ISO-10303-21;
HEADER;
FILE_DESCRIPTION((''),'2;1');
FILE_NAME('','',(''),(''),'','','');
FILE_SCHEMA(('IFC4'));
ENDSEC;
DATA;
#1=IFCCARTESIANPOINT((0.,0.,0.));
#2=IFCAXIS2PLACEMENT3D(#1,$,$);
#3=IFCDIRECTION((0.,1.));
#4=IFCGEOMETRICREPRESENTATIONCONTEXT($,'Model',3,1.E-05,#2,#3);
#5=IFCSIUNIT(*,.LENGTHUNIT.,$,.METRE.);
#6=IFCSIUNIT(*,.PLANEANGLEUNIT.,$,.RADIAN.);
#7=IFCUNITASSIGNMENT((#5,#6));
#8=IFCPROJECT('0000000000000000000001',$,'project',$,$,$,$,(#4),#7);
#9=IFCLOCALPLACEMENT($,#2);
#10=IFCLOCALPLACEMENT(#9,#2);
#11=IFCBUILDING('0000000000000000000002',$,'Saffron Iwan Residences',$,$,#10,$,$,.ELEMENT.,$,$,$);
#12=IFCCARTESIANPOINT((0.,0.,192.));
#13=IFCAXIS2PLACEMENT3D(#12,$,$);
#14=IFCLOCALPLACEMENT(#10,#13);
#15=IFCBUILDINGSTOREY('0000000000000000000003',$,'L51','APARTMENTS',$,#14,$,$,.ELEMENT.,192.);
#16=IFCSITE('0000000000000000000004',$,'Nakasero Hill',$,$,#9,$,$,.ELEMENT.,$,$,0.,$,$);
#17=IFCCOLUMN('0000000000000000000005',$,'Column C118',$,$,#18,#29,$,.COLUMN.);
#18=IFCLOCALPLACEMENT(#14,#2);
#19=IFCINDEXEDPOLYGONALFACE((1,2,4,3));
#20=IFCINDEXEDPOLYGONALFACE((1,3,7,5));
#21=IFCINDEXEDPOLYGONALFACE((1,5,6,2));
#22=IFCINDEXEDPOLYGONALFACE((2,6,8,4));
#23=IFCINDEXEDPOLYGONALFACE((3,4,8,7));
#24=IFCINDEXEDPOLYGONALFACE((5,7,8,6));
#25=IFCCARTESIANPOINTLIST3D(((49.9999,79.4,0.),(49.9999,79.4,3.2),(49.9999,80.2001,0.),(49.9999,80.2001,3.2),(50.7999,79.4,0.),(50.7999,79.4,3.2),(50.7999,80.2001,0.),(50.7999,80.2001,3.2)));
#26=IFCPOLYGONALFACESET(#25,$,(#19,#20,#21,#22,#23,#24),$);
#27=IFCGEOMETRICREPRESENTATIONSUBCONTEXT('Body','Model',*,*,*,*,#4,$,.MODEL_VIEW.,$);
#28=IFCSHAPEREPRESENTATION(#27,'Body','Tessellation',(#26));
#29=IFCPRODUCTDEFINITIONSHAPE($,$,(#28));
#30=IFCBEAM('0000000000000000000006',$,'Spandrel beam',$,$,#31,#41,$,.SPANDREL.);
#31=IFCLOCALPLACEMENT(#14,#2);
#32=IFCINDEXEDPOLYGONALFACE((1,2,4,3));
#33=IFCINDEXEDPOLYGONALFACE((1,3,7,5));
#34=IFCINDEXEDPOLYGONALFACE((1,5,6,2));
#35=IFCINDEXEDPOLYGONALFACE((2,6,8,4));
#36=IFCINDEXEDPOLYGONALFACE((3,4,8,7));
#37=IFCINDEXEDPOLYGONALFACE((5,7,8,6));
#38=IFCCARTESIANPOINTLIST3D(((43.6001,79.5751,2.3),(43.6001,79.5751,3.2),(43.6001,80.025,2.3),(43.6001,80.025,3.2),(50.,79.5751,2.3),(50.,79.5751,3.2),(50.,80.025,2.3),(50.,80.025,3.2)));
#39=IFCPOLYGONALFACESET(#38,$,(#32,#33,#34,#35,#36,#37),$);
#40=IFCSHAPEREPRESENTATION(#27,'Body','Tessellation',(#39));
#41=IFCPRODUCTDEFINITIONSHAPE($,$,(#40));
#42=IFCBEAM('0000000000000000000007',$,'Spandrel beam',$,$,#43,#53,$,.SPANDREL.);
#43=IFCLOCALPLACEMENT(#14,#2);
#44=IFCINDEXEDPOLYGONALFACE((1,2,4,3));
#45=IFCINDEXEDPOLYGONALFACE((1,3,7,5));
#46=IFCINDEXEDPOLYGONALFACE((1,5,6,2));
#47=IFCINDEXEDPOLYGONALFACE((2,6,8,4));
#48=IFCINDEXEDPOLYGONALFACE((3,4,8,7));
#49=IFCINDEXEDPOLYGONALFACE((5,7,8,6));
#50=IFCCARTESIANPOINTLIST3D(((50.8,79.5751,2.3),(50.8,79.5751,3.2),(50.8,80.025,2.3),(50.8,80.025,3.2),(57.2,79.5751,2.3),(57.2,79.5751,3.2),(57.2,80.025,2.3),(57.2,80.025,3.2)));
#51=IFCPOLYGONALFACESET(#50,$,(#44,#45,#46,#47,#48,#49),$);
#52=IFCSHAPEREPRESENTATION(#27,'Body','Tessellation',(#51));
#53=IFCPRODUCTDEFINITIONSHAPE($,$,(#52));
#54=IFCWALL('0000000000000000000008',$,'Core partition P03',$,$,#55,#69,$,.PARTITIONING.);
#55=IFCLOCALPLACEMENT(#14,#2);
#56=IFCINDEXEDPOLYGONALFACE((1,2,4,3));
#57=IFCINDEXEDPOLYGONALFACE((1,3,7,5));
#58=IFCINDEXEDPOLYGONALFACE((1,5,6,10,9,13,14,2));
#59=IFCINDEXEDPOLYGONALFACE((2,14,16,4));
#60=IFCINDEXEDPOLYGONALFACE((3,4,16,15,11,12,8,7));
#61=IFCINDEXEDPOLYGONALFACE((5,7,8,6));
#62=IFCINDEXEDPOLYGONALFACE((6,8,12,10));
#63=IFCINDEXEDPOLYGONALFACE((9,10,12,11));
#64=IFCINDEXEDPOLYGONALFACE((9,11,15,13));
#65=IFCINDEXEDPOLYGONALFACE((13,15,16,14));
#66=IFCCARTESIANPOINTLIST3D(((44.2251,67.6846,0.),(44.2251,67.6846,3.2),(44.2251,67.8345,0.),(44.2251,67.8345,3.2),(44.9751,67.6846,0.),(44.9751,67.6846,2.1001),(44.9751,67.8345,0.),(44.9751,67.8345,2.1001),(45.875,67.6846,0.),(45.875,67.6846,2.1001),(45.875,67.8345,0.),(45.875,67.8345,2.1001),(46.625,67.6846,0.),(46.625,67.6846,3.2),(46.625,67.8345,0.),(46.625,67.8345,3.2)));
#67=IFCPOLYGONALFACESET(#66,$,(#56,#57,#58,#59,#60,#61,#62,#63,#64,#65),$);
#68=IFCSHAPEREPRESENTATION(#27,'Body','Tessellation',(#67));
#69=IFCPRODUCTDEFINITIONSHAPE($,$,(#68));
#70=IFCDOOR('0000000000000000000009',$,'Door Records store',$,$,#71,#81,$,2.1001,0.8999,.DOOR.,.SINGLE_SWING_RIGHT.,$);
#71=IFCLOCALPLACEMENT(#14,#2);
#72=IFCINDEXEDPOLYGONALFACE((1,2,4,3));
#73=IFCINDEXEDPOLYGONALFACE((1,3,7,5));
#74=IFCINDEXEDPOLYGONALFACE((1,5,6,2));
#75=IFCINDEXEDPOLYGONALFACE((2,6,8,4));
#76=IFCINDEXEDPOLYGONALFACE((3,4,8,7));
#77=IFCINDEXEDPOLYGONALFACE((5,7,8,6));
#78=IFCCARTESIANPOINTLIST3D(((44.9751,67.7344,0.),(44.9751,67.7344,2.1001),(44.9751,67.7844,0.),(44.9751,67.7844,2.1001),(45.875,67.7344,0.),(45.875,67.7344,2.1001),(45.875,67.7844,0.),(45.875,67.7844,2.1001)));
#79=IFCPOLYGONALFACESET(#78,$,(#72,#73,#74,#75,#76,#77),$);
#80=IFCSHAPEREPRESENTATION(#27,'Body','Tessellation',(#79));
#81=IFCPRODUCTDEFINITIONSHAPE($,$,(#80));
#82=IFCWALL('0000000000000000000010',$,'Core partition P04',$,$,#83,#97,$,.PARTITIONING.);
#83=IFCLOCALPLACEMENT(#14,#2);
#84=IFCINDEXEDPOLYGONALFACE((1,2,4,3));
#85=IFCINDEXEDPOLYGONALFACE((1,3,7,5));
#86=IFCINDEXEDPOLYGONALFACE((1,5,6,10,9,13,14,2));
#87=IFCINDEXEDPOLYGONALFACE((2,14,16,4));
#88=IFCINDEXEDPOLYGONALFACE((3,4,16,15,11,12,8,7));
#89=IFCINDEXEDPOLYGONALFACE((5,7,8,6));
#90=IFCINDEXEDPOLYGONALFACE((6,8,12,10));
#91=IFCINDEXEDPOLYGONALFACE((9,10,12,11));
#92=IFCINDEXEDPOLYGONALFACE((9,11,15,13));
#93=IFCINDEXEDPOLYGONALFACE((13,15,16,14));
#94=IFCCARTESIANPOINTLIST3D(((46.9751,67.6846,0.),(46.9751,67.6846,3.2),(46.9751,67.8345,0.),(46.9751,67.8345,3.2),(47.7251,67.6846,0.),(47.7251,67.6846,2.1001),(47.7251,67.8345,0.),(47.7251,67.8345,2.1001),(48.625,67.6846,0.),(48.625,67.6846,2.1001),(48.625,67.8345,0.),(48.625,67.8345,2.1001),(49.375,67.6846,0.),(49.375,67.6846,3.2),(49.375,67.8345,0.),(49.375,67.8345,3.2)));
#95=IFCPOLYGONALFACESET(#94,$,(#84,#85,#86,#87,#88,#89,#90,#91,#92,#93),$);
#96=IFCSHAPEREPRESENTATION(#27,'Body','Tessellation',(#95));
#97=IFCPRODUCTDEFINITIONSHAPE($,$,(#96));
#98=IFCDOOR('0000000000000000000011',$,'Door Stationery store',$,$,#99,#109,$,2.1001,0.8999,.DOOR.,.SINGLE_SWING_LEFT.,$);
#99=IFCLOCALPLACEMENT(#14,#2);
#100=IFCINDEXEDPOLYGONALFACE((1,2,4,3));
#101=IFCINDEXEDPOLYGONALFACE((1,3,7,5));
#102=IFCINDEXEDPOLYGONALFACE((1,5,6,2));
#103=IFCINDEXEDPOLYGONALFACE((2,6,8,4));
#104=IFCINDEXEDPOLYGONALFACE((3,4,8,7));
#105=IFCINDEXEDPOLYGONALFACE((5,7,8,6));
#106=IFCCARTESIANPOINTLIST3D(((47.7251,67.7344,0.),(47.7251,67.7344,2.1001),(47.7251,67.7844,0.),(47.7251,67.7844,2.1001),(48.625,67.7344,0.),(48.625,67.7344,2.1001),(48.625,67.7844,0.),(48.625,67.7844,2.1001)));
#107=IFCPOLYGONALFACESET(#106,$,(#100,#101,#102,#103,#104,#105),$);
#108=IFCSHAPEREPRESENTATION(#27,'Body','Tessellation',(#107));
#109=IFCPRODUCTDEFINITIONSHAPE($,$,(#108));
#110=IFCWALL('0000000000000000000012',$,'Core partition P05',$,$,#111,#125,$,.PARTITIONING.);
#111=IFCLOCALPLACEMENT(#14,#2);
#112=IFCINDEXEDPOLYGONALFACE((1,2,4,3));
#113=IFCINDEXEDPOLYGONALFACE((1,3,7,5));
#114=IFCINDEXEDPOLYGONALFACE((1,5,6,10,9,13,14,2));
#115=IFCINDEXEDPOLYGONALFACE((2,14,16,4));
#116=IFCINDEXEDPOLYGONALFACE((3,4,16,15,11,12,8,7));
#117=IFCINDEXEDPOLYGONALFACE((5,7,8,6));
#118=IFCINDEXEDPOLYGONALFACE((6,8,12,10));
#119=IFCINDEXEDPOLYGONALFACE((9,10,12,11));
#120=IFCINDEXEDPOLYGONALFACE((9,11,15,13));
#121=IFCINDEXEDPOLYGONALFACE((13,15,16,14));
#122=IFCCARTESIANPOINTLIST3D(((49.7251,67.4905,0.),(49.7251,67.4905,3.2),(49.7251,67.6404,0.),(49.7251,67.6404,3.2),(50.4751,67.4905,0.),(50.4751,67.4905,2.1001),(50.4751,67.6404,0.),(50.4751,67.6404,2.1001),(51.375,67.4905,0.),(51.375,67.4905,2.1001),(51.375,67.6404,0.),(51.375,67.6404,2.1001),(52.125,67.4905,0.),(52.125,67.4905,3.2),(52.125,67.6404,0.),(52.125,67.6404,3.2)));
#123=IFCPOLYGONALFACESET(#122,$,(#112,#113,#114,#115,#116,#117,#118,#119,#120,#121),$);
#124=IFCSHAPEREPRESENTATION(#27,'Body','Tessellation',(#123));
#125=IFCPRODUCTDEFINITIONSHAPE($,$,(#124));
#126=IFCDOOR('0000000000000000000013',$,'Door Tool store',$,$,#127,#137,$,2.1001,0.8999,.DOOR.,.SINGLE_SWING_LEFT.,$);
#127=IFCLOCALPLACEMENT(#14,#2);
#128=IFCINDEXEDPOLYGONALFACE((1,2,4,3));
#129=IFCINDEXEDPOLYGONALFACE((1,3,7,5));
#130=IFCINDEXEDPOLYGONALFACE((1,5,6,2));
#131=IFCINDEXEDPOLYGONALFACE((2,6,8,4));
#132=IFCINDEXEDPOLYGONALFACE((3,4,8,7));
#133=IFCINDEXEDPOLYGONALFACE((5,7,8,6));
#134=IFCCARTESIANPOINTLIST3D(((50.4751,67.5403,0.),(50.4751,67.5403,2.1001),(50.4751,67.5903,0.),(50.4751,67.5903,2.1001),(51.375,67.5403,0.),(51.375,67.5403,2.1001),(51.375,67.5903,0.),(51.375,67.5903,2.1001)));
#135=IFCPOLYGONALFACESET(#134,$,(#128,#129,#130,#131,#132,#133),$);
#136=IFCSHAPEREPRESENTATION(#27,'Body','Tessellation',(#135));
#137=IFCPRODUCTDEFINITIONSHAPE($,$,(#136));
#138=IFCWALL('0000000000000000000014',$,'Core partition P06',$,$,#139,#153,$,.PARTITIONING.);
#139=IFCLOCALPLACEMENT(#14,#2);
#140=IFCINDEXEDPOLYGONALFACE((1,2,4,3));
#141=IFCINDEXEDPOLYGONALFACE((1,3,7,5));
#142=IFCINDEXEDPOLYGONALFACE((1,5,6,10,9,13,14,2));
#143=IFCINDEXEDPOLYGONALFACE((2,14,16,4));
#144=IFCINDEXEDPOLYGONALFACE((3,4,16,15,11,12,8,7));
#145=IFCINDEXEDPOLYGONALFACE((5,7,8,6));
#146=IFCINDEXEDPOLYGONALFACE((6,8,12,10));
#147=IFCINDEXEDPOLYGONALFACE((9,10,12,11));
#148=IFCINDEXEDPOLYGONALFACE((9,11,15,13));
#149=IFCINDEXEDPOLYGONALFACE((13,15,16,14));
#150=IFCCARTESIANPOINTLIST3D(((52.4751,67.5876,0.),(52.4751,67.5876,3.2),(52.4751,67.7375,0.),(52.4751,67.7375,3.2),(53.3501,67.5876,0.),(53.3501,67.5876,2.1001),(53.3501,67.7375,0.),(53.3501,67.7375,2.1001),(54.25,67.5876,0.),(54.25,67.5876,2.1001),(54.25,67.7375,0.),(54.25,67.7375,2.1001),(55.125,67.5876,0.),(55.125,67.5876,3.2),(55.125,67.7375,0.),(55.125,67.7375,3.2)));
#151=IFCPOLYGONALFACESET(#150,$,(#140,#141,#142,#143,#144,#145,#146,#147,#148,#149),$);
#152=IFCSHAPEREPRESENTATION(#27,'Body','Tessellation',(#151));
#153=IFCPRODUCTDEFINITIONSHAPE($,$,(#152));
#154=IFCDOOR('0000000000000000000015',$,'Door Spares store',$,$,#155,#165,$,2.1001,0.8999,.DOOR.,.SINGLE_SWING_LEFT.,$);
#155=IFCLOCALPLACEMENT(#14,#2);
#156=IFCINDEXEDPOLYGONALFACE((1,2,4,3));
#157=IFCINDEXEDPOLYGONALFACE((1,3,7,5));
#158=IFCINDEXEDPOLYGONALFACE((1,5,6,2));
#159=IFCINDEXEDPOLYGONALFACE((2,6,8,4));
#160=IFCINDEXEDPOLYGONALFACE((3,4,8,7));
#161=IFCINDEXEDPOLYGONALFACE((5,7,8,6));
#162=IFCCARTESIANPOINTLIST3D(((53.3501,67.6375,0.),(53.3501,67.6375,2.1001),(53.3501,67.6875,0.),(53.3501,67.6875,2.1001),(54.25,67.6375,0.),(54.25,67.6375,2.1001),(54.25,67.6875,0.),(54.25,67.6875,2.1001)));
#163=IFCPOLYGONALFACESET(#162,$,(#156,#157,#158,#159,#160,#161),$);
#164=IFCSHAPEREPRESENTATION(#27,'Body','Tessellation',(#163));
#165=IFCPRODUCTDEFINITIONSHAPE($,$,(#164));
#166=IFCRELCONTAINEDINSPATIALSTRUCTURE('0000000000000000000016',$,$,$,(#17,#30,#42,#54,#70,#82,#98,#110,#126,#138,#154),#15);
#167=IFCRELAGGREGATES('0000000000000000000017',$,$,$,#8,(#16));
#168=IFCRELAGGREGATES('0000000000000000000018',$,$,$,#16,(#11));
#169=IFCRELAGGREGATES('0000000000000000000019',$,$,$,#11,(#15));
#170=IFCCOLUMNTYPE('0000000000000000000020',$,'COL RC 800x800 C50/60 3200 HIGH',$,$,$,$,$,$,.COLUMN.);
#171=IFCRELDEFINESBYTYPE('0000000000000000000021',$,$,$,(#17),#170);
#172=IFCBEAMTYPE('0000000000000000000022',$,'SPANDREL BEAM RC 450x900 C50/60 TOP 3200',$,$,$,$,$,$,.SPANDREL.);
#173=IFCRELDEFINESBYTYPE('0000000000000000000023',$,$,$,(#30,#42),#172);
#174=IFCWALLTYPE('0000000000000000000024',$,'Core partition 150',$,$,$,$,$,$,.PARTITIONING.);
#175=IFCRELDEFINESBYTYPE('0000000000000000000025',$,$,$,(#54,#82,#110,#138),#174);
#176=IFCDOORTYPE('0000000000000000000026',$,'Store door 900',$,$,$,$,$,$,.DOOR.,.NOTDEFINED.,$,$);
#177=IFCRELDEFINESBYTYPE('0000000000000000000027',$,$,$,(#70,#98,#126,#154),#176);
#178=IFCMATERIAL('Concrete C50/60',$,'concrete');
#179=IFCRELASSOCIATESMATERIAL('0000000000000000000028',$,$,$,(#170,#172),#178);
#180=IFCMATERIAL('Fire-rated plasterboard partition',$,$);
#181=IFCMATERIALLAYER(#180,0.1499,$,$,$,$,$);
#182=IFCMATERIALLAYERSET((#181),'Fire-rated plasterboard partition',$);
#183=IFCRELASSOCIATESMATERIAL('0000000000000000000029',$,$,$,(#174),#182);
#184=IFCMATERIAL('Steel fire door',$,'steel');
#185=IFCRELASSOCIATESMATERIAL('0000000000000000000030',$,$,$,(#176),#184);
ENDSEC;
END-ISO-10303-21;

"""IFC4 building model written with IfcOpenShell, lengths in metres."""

from ifc_helpers import new_model, si_unit, direction, frame, frame_2d, origin, origin_2d, place, context, subcontext, project, spatial, rectangle, extrude, source, transform, mapped, material, layer, layer_set, material_profile, profile_set, type_object, element, fill, save


model = new_model("IFC4")

# Units and contexts
model_context = context("Model", 3, precision=1e-05, world=origin(), true_north=direction((0.0, 1.0)))
body_context = subcontext(model_context, "Body", "Model", "MODEL_VIEW")
ifc_project = project(units=[si_unit("LENGTHUNIT", "METRE"), si_unit("PLANEANGLEUNIT", "RADIAN")], contexts=[model_context])

# Site, building, storey
site_placement = place(None, origin())
site = spatial("IfcSite", under=ifc_project, at=site_placement, Name="Nakasero Hill", CompositionType="ELEMENT", RefElevation=0.0)
building_placement = place(site_placement, origin())
building = spatial("IfcBuilding", under=site, at=building_placement, Name="Saffron Iwan Residences", CompositionType="ELEMENT")
storey_placement = place(building_placement, frame((0.0, 0.0, 192.0)))
storey = spatial("IfcBuildingStorey", under=building, at=storey_placement, Name="L51", Description="APARTMENTS", CompositionType="ELEMENT", Elevation=192.0)

# Column
ifc_material_1 = material(Name="Concrete C50/60", Category="concrete")
ifc_material_profile_1 = material_profile(ifc_material_1, rectangle(XDim=0.8, YDim=0.8, at=origin_2d()), Name="RC 800x800")
ifc_profile_set_1 = profile_set([ifc_material_profile_1], Name="Concrete C50/60")
column_type = type_object("IfcColumnType", Name="COL RC 800x800 C50/60 3200 HIGH", PredefinedType="COLUMN", material=ifc_profile_set_1)
shared_shape_1 = source(origin(), body_context, "Body", "SweptSolid", [
    extrude(rectangle(XDim=0.8, YDim=0.8, at=origin_2d()), origin(), (0.0, 0.0, 1.0), 3.2),
])
column_placement = place(storey_placement, frame((50.3999, 79.8, 0.0), z_axis=(0.0, 0.0, 1.0), x_axis=(1.0, 0.0, 0.0)))
element("IfcColumn", 1, at=column_placement, inside=storey, type_object=column_type, Name="Column C118", PredefinedType="COLUMN", context=body_context, shape_type="MappedRepresentation", body=[
    mapped(shared_shape_1, transform((0.0, 0.0, 0.0))),
])

# Beams
ifc_material_profile_2 = material_profile(ifc_material_1, rectangle(XDim=0.45, YDim=0.8999, at=origin_2d()), Name="RC 450x900")
ifc_profile_set_2 = profile_set([ifc_material_profile_2], Name="Concrete C50/60")
beam_type = type_object("IfcBeamType", Name="SPANDREL BEAM RC 450x900 C50/60 TOP 3200", PredefinedType="SPANDREL", material=ifc_profile_set_2)
shared_shape_2 = source(origin(), body_context, "Body", "SweptSolid", [
    extrude(rectangle(XDim=0.45, YDim=0.8999, at=origin_2d()), origin(), (0.0, 0.0, 1.0), 6.3999),
])
for number, where, z_axis, x_axis, name in (
    (2, (43.6001, 79.8, 2.75), (1.0, 0.0, 0.0), (0.0, 1.0, 0.0), "Spandrel beam"),
    (3, (50.8, 79.8, 2.75), (1.0, 0.0, 0.0), (0.0, 1.0, 0.0), "Spandrel beam"),
):
    element("IfcBeam", number, at=place(storey_placement, frame(where, z_axis=z_axis, x_axis=x_axis)), inside=storey, type_object=beam_type, Name=name, PredefinedType="SPANDREL", context=body_context, shape_type="MappedRepresentation", body=[
        mapped(shared_shape_2, transform((0.0, 0.0, 0.0))),
    ])

# Walls, openings, doors
ifc_material_2 = material(Name="Fire-rated plasterboard partition")
ifc_layer_1 = layer(ifc_material_2, 0.1499)
ifc_layer_set_1 = layer_set([ifc_layer_1], Name="Fire-rated plasterboard partition")
wall_type_1 = type_object("IfcWallType", Name="Core partition 150", PredefinedType="PARTITIONING", material=ifc_layer_set_1)
wall_1_placement = place(storey_placement, frame((44.2251, 67.7595, 0.0), z_axis=(0.0, 0.0, 1.0), x_axis=(1.0, 0.0, 0.0)))
wall_1 = element("IfcWall", 4, at=wall_1_placement, inside=storey, type_object=wall_type_1, Name="Core partition P03", PredefinedType="PARTITIONING", context=body_context, shape_type="SweptSolid", body=[
    extrude(rectangle(XDim=2.3999, YDim=0.1499, at=frame_2d((1.2, 0.0))), origin(), (0.0, 0.0, 1.0), 3.2),
])
opening_1_placement = place(wall_1_placement, frame((0.75, 0.0, 0.0)))
opening_1 = element("IfcOpeningElement", 5, at=opening_1_placement, cuts=wall_1, PredefinedType="OPENING", context=body_context, shape_type="SweptSolid", body=[
    extrude(rectangle(XDim=0.8999, YDim=2.1001, at=frame_2d((0.45, 1.05))), frame((0.0, 0.085, 0.0), z_axis=(0.0, -1.0, 0.0), x_axis=(1.0, 0.0, 0.0)), (0.0, 0.0, 1.0), 0.1699),
])
ifc_material_3 = material(Name="Steel fire door", Category="steel")
door_type = type_object("IfcDoorType", Name="Store door 900", OperationType="NOTDEFINED", PredefinedType="DOOR", material=ifc_material_3)
door_1_placement = place(opening_1_placement, origin())
door_1 = element("IfcDoor", 6, at=door_1_placement, inside=storey, type_object=door_type, Name="Door Records store", OperationType="SINGLE_SWING_RIGHT", OverallHeight=2.1001, OverallWidth=0.8999, PredefinedType="DOOR", context=body_context, shape_type="SweptSolid", body=[
    extrude(rectangle(XDim=0.8999, YDim=2.1001, at=frame_2d((0.45, 1.05))), frame((0.0, 0.0249, 0.0), z_axis=(0.0, -1.0, 0.0), x_axis=(1.0, 0.0, 0.0)), (0.0, 0.0, 1.0), 0.05),
])
fill(opening_1, door_1)
wall_2_placement = place(storey_placement, frame((46.9751, 67.7595, 0.0), z_axis=(0.0, 0.0, 1.0), x_axis=(1.0, 0.0, 0.0)))
wall_2 = element("IfcWall", 7, at=wall_2_placement, inside=storey, type_object=wall_type_1, Name="Core partition P04", PredefinedType="PARTITIONING", context=body_context, shape_type="SweptSolid", body=[
    extrude(rectangle(XDim=2.3999, YDim=0.1499, at=frame_2d((1.2, 0.0))), origin(), (0.0, 0.0, 1.0), 3.2),
])
opening_2_placement = place(wall_2_placement, frame((0.75, 0.0, 0.0)))
opening_2 = element("IfcOpeningElement", 8, at=opening_2_placement, cuts=wall_2, PredefinedType="OPENING", context=body_context, shape_type="SweptSolid", body=[
    extrude(rectangle(XDim=0.8999, YDim=2.1001, at=frame_2d((0.45, 1.05))), frame((0.0, 0.085, 0.0), z_axis=(0.0, -1.0, 0.0), x_axis=(1.0, 0.0, 0.0)), (0.0, 0.0, 1.0), 0.1699),
])
door_2_placement = place(opening_2_placement, origin())
door_2 = element("IfcDoor", 9, at=door_2_placement, inside=storey, type_object=door_type, Name="Door Stationery store", OperationType="SINGLE_SWING_LEFT", OverallHeight=2.1001, OverallWidth=0.8999, PredefinedType="DOOR", context=body_context, shape_type="SweptSolid", body=[
    extrude(rectangle(XDim=0.8999, YDim=2.1001, at=frame_2d((0.45, 1.05))), frame((0.0, 0.0249, 0.0), z_axis=(0.0, -1.0, 0.0), x_axis=(1.0, 0.0, 0.0)), (0.0, 0.0, 1.0), 0.05),
])
fill(opening_2, door_2)
wall_3_placement = place(storey_placement, frame((49.7251, 67.5654, 0.0), z_axis=(0.0, 0.0, 1.0), x_axis=(1.0, 0.0, 0.0)))
wall_3 = element("IfcWall", 10, at=wall_3_placement, inside=storey, type_object=wall_type_1, Name="Core partition P05", PredefinedType="PARTITIONING", context=body_context, shape_type="SweptSolid", body=[
    extrude(rectangle(XDim=2.3999, YDim=0.1499, at=frame_2d((1.2, 0.0))), origin(), (0.0, 0.0, 1.0), 3.2),
])
opening_3_placement = place(wall_3_placement, frame((0.75, 0.0, 0.0)))
opening_3 = element("IfcOpeningElement", 11, at=opening_3_placement, cuts=wall_3, PredefinedType="OPENING", context=body_context, shape_type="SweptSolid", body=[
    extrude(rectangle(XDim=0.8999, YDim=2.1001, at=frame_2d((0.45, 1.05))), frame((0.0, 0.085, 0.0), z_axis=(0.0, -1.0, 0.0), x_axis=(1.0, 0.0, 0.0)), (0.0, 0.0, 1.0), 0.1699),
])
door_3_placement = place(opening_3_placement, origin())
door_3 = element("IfcDoor", 12, at=door_3_placement, inside=storey, type_object=door_type, Name="Door Tool store", OperationType="SINGLE_SWING_LEFT", OverallHeight=2.1001, OverallWidth=0.8999, PredefinedType="DOOR", context=body_context, shape_type="SweptSolid", body=[
    extrude(rectangle(XDim=0.8999, YDim=2.1001, at=frame_2d((0.45, 1.05))), frame((0.0, 0.0249, 0.0), z_axis=(0.0, -1.0, 0.0), x_axis=(1.0, 0.0, 0.0)), (0.0, 0.0, 1.0), 0.05),
])
fill(opening_3, door_3)
wall_4_placement = place(storey_placement, frame((52.4751, 67.6626, 0.0), z_axis=(0.0, 0.0, 1.0), x_axis=(1.0, 0.0, 0.0)))
wall_4 = element("IfcWall", 13, at=wall_4_placement, inside=storey, type_object=wall_type_1, Name="Core partition P06", PredefinedType="PARTITIONING", context=body_context, shape_type="SweptSolid", body=[
    extrude(rectangle(XDim=2.6499, YDim=0.1499, at=frame_2d((1.325, 0.0))), origin(), (0.0, 0.0, 1.0), 3.2),
])
opening_4_placement = place(wall_4_placement, frame((0.875, 0.0, 0.0)))
opening_4 = element("IfcOpeningElement", 14, at=opening_4_placement, cuts=wall_4, PredefinedType="OPENING", context=body_context, shape_type="SweptSolid", body=[
    extrude(rectangle(XDim=0.8999, YDim=2.1001, at=frame_2d((0.45, 1.05))), frame((0.0, 0.085, 0.0), z_axis=(0.0, -1.0, 0.0), x_axis=(1.0, 0.0, 0.0)), (0.0, 0.0, 1.0), 0.1699),
])
door_4_placement = place(opening_4_placement, origin())
door_4 = element("IfcDoor", 15, at=door_4_placement, inside=storey, type_object=door_type, Name="Door Spares store", OperationType="SINGLE_SWING_LEFT", OverallHeight=2.1001, OverallWidth=0.8999, PredefinedType="DOOR", context=body_context, shape_type="SweptSolid", body=[
    extrude(rectangle(XDim=0.8999, YDim=2.1001, at=frame_2d((0.45, 1.05))), frame((0.0, 0.0249, 0.0), z_axis=(0.0, -1.0, 0.0), x_axis=(1.0, 0.0, 0.0)), (0.0, 0.0, 1.0), 0.05),
])
fill(opening_4, door_4)

save(model, "model.ifc")
